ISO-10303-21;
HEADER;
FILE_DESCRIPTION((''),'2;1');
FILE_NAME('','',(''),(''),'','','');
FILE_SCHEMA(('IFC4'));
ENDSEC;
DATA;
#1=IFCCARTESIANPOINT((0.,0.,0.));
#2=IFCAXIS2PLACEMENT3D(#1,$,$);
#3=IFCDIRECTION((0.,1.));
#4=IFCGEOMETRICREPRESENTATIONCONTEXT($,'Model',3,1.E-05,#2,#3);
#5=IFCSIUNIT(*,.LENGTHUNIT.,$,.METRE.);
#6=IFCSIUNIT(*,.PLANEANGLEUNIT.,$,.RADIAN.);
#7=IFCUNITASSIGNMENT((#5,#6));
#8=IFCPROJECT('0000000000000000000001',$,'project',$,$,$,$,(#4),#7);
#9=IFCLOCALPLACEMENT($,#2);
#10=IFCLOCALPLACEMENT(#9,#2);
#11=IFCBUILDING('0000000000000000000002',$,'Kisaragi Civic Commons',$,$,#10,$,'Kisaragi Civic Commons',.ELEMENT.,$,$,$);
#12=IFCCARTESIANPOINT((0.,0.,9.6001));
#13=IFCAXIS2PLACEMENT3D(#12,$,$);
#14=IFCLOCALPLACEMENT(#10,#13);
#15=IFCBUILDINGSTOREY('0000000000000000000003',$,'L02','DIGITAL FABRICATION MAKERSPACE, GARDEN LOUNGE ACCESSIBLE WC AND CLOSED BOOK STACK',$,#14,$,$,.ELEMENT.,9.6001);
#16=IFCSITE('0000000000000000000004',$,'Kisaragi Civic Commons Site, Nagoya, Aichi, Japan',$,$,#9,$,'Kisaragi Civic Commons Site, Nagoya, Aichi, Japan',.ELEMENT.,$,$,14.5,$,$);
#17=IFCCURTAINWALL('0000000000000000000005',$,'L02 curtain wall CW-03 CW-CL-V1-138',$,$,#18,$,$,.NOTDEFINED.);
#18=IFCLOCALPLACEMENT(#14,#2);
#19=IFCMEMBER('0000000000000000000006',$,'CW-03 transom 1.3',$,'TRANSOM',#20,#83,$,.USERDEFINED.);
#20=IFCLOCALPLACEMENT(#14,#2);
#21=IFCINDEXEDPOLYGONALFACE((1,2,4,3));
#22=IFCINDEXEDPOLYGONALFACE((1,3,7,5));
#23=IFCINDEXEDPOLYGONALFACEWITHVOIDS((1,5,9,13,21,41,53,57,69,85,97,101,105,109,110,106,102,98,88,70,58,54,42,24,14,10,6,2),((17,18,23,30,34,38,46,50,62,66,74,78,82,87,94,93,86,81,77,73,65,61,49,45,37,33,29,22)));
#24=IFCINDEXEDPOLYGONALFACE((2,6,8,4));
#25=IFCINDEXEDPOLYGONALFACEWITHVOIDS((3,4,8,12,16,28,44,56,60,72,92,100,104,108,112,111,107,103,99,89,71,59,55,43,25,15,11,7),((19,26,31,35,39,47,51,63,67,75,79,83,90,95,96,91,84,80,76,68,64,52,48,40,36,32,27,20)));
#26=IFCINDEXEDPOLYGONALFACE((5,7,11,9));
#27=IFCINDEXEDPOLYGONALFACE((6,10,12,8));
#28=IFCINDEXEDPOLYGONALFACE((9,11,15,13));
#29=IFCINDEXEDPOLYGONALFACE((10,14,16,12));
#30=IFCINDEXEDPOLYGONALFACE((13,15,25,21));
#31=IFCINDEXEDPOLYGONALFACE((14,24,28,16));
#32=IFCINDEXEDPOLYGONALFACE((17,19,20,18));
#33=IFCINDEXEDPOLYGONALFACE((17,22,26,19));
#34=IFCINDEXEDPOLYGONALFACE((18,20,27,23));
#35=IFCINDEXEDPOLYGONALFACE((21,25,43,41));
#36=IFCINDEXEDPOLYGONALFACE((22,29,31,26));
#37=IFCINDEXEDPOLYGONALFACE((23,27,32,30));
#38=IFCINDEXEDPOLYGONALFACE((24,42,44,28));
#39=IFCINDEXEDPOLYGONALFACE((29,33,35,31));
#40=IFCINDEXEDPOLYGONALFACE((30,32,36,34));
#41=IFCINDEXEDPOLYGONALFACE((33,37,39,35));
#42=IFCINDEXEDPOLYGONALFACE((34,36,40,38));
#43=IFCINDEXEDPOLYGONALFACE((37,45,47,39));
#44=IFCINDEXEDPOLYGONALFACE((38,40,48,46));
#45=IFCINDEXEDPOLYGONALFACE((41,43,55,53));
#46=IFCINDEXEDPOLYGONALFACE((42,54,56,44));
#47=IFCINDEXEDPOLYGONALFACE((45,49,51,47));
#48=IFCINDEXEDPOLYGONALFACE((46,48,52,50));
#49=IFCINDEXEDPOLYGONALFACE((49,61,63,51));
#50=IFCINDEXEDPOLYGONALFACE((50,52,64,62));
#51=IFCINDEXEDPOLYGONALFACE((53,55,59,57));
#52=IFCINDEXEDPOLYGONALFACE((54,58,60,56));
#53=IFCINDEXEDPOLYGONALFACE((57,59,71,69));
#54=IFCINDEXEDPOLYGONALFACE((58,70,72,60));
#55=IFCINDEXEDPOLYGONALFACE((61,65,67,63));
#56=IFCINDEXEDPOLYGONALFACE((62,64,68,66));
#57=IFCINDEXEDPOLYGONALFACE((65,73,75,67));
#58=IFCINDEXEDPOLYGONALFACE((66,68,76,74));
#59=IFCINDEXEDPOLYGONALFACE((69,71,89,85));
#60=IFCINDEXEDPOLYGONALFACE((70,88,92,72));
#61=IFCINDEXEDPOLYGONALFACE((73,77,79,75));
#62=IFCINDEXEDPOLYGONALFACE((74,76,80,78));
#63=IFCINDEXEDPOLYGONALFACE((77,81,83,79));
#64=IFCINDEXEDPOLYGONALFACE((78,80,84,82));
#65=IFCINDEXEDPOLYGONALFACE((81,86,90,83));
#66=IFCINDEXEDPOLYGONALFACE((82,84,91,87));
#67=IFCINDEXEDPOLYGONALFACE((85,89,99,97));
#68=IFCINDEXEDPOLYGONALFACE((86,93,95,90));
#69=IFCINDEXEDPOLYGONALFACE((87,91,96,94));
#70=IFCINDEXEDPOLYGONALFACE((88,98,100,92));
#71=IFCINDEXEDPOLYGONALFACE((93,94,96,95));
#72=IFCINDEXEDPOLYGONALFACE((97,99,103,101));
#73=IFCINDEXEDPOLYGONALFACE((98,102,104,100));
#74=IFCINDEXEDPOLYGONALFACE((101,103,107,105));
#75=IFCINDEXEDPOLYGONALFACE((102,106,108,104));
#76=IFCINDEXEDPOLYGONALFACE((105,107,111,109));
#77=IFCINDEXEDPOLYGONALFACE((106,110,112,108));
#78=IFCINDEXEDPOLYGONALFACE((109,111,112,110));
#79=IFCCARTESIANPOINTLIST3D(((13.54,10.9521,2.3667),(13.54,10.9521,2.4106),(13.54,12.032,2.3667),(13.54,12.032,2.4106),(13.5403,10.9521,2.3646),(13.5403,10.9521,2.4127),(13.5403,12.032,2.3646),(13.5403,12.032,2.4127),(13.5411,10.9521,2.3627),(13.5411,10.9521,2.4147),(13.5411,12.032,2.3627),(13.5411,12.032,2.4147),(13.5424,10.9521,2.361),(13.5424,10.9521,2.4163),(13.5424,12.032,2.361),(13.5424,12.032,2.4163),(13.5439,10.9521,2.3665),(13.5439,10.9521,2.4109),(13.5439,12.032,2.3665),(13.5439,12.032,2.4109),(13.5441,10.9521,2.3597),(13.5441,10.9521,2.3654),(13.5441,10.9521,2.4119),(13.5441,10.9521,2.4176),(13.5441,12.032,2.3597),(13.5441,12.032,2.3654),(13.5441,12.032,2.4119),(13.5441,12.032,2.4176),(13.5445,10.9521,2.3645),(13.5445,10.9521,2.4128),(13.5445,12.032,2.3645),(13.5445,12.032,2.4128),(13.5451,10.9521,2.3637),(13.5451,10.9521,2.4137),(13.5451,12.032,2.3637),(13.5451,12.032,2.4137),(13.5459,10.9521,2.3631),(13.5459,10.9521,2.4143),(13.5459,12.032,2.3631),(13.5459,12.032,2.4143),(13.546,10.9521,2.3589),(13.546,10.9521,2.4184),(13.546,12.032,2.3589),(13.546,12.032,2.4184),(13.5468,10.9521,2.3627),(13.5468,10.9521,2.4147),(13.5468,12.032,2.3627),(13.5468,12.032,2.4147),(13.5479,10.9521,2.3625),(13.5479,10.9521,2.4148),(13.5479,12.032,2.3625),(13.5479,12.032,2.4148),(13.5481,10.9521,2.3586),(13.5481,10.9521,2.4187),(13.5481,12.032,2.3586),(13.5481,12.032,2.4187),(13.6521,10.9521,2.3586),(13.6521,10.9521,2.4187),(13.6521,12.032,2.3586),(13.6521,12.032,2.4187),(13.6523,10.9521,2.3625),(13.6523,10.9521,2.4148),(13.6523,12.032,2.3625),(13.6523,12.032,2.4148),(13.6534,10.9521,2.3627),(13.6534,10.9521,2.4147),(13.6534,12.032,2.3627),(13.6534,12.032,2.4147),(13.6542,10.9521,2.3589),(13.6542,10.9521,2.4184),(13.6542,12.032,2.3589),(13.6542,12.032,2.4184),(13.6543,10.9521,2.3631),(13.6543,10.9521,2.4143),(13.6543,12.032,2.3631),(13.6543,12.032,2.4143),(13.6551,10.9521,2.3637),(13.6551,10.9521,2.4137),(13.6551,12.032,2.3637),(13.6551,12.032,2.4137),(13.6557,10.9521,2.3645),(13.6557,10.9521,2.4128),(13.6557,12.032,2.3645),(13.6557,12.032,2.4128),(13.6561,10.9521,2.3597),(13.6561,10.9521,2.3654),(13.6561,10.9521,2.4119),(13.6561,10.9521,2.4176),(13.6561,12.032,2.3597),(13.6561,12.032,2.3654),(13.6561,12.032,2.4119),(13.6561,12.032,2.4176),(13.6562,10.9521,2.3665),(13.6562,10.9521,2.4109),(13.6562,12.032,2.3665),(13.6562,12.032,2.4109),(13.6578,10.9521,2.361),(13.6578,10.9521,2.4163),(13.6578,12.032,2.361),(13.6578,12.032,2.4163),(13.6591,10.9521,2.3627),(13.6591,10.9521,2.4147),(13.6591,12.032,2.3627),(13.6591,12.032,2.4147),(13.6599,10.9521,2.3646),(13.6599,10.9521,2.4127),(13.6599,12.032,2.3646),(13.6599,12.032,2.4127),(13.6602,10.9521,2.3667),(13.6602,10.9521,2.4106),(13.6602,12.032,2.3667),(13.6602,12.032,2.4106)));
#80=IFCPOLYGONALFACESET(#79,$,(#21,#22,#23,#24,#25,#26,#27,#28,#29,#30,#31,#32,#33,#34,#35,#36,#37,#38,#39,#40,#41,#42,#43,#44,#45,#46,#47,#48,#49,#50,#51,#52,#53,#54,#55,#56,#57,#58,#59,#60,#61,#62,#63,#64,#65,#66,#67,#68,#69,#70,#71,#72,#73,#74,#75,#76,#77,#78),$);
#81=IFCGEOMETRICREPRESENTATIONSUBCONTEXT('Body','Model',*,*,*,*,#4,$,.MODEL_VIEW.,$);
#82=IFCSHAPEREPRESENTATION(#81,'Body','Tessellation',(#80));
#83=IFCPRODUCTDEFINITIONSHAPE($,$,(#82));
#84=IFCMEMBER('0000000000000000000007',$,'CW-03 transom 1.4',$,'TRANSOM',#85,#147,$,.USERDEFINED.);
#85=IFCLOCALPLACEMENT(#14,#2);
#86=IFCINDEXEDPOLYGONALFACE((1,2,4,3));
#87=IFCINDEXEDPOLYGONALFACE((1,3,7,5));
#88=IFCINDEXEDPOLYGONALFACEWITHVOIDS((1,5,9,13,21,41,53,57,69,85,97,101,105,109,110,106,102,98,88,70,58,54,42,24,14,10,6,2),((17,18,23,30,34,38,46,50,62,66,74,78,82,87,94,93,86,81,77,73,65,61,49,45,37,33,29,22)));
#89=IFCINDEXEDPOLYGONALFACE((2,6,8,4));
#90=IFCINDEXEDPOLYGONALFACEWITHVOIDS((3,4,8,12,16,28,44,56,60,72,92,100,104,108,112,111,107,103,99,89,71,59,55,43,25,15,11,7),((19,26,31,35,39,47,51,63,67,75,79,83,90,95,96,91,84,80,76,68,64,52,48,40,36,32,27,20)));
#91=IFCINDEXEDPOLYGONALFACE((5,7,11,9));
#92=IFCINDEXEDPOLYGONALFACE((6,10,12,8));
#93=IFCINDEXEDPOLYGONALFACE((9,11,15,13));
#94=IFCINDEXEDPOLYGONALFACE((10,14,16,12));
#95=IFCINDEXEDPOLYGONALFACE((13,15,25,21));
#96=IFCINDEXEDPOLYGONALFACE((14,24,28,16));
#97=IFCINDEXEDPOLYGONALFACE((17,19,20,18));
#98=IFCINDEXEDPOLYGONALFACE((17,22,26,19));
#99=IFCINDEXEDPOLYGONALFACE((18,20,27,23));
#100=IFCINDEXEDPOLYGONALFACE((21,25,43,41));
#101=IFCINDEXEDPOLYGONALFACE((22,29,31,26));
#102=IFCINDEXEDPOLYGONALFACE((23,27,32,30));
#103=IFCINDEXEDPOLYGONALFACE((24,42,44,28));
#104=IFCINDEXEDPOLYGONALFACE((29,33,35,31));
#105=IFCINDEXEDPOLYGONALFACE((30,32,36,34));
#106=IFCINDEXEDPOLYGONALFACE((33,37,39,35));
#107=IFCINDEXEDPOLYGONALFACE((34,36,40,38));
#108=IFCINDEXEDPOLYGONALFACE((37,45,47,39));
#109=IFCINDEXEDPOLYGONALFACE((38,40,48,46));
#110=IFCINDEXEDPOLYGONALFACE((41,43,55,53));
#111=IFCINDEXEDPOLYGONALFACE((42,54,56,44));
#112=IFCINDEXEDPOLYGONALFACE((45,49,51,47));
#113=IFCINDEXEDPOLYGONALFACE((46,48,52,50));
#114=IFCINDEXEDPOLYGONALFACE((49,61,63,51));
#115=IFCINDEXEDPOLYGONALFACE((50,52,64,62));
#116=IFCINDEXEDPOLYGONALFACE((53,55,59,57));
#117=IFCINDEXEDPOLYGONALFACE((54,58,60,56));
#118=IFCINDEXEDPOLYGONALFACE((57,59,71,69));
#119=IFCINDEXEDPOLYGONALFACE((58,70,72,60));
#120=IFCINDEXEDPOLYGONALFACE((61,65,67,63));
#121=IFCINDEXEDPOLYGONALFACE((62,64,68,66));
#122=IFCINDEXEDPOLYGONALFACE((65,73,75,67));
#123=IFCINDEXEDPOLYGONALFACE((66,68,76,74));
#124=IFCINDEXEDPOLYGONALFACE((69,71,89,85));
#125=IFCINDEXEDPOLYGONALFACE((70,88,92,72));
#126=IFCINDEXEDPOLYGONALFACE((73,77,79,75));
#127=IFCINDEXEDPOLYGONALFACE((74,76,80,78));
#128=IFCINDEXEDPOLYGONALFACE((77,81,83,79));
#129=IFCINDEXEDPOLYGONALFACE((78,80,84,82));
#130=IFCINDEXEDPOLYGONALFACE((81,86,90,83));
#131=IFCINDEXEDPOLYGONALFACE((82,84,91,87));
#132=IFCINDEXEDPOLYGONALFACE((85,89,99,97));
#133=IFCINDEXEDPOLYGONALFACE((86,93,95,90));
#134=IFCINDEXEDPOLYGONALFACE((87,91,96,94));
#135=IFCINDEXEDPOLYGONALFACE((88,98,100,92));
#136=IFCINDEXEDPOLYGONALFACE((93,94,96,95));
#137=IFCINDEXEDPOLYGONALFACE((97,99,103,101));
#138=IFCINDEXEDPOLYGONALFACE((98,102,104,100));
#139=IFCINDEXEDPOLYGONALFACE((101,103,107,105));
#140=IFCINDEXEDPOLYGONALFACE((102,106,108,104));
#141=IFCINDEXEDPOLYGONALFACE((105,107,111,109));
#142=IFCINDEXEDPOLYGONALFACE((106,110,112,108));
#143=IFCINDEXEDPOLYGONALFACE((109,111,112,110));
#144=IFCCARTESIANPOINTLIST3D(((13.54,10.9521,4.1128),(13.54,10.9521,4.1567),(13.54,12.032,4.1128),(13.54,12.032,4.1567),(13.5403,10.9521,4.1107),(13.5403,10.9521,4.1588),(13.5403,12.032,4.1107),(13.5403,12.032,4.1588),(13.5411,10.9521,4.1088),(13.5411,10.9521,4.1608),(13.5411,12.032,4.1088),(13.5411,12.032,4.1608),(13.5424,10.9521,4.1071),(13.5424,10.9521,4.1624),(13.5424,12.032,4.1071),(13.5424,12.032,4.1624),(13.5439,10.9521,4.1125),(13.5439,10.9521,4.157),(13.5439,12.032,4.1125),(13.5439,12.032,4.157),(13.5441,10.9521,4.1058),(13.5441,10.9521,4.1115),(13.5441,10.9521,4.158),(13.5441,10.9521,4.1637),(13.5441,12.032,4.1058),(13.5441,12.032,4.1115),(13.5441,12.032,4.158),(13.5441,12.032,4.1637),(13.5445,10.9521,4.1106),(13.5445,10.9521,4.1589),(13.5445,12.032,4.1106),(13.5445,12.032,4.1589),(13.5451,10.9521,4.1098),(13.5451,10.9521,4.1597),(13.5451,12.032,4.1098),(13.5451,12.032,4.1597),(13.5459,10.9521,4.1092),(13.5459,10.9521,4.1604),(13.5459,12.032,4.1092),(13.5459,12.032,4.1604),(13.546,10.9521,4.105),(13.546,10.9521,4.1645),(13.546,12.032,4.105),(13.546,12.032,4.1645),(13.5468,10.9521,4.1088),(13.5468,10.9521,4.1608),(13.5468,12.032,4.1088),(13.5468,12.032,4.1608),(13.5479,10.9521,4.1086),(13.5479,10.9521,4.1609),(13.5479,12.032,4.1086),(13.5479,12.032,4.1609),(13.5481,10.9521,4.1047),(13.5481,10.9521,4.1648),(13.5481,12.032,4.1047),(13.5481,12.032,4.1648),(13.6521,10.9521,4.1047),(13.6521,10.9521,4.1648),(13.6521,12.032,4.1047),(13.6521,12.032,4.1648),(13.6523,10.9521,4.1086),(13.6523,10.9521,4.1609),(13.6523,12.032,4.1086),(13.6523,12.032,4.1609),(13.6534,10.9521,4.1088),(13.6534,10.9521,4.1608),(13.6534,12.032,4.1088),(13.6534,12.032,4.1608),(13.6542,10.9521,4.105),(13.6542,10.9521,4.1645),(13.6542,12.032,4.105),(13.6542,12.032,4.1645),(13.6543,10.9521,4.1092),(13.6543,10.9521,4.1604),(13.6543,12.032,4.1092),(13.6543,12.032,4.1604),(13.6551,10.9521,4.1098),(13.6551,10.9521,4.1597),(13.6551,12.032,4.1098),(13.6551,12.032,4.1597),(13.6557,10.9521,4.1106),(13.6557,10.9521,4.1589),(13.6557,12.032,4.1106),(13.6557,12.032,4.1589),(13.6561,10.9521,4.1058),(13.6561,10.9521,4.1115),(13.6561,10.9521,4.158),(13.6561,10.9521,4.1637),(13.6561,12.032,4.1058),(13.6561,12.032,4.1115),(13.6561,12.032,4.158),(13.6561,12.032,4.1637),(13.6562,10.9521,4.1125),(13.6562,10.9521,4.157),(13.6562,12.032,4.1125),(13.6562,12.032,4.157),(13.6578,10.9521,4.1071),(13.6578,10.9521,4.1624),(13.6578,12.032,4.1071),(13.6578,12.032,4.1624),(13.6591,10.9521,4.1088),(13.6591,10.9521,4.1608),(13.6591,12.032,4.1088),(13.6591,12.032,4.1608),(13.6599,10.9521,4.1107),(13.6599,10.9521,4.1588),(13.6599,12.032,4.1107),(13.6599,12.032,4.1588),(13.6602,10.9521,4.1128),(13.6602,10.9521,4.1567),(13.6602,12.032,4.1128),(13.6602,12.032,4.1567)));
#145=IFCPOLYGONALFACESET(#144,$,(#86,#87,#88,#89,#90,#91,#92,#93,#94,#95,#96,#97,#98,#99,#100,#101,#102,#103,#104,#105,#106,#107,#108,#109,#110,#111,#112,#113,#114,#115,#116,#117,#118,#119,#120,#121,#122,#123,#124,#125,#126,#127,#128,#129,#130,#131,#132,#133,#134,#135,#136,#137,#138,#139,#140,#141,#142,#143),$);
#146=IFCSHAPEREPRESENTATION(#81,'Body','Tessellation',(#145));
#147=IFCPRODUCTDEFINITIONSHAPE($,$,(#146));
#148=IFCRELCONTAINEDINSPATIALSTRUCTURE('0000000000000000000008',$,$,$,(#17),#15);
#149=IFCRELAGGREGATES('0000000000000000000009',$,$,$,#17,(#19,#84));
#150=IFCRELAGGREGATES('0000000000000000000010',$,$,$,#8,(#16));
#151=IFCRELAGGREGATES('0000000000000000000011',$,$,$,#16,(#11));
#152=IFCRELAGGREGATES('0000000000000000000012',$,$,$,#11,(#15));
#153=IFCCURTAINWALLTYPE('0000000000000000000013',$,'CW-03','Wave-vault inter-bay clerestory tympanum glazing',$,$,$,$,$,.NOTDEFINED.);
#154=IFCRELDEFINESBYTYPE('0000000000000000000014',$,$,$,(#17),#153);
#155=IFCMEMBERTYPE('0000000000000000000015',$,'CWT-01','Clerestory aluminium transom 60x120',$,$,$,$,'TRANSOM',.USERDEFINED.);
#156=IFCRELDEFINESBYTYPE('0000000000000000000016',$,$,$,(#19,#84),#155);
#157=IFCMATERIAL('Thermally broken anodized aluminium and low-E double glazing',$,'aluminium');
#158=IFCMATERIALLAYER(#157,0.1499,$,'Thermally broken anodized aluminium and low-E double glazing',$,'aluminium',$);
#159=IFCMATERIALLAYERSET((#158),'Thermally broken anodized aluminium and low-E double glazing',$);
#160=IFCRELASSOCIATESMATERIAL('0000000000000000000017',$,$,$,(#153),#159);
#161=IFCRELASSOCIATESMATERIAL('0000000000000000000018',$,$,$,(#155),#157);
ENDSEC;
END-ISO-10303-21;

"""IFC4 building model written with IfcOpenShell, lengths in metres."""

from ifc_helpers import new_model, si_unit, direction, frame, origin, origin_2d, place, context, subcontext, project, spatial, hollow_rectangle, extrude, material, layer, layer_set, material_profile, profile_set, type_object, element, aggregate, save


model = new_model("IFC4")

# Units and contexts
model_context = context("Model", 3, precision=1e-05, world=origin(), true_north=direction((0.0, 1.0)))
body_context = subcontext(model_context, "Body", "Model", "MODEL_VIEW")
ifc_project = project(units=[si_unit("LENGTHUNIT", "METRE"), si_unit("PLANEANGLEUNIT", "RADIAN")], contexts=[model_context])

# Site, building, storey
site_placement = place(None, origin())
site = spatial("IfcSite", under=ifc_project, at=site_placement, Name="Kisaragi Civic Commons Site, Nagoya, Aichi, Japan", LongName="Kisaragi Civic Commons Site, Nagoya, Aichi, Japan", CompositionType="ELEMENT", RefElevation=14.5)
building_placement = place(site_placement, origin())
building = spatial("IfcBuilding", under=site, at=building_placement, Name="Kisaragi Civic Commons", LongName="Kisaragi Civic Commons", CompositionType="ELEMENT")
storey_placement = place(building_placement, frame((0.0, 0.0, 9.6001)))
storey = spatial("IfcBuildingStorey", under=building, at=storey_placement, Name="L02", Description="DIGITAL FABRICATION MAKERSPACE, GARDEN LOUNGE ACCESSIBLE WC AND CLOSED BOOK STACK", CompositionType="ELEMENT", Elevation=9.6001)

# Curtain wall, members
ifc_material_1 = material(Name="Thermally broken anodized aluminium and low-E double glazing", Category="aluminium")
ifc_layer_1 = layer(ifc_material_1, 0.1499, Name="Thermally broken anodized aluminium and low-E double glazing", Category="aluminium")
ifc_layer_set_1 = layer_set([ifc_layer_1], Name="Thermally broken anodized aluminium and low-E double glazing")
curtain_wall_type = type_object("IfcCurtainWallType", Name="CW-03", Description="Wave-vault inter-bay clerestory tympanum glazing", PredefinedType="NOTDEFINED", material=ifc_layer_set_1)
curtain_wall_placement = place(storey_placement, origin())
curtain_wall = element("IfcCurtainWall", 1, at=curtain_wall_placement, inside=storey, type_object=curtain_wall_type, Name="L02 curtain wall CW-03 CW-CL-V1-138", PredefinedType="NOTDEFINED")
ifc_material_profile_1 = material_profile(ifc_material_1, hollow_rectangle(XDim=0.1201, YDim=0.0601, WallThickness=0.0039, InnerFilletRadius=0.0039, OuterFilletRadius=0.0081, at=origin_2d()), Name="CWT-60x120x4", Category="aluminium")
ifc_profile_set_1 = profile_set([ifc_material_profile_1], Name="Thermally broken anodized aluminium and low-E double glazing")
member_type_1 = type_object("IfcMemberType", Name="CWT-01", Description="Clerestory aluminium transom 60x120", ElementType="TRANSOM", PredefinedType="USERDEFINED", material=ifc_profile_set_1)
member_1_placement = place(storey_placement, frame((13.6001, 10.9521, 2.3887), z_axis=(0.0, 1.0, 0.0), x_axis=(-1.0, 0.0, 0.0)))
member_1 = element("IfcMember", 2, at=member_1_placement, type_object=member_type_1, Name="CW-03 transom 1.3", ObjectType="TRANSOM", PredefinedType="USERDEFINED", context=body_context, shape_type="SweptSolid", body=[
    extrude(hollow_rectangle(XDim=0.1201, YDim=0.0601, WallThickness=0.0039, InnerFilletRadius=0.0039, OuterFilletRadius=0.0081, at=origin_2d()), origin(), (0.0, 0.0, 1.0), 1.0798),
])
member_2_placement = place(storey_placement, frame((13.6001, 10.9521, 4.1348), z_axis=(0.0, 1.0, 0.0), x_axis=(-1.0, 0.0, 0.0)))
member_2 = element("IfcMember", 3, at=member_2_placement, type_object=member_type_1, Name="CW-03 transom 1.4", ObjectType="TRANSOM", PredefinedType="USERDEFINED", context=body_context, shape_type="SweptSolid", body=[
    extrude(hollow_rectangle(XDim=0.1201, YDim=0.0601, WallThickness=0.0039, InnerFilletRadius=0.0039, OuterFilletRadius=0.0081, at=origin_2d()), origin(), (0.0, 0.0, 1.0), 1.0798),
])

aggregate(curtain_wall, [member_1, member_2])

save(model, "model.ifc")
